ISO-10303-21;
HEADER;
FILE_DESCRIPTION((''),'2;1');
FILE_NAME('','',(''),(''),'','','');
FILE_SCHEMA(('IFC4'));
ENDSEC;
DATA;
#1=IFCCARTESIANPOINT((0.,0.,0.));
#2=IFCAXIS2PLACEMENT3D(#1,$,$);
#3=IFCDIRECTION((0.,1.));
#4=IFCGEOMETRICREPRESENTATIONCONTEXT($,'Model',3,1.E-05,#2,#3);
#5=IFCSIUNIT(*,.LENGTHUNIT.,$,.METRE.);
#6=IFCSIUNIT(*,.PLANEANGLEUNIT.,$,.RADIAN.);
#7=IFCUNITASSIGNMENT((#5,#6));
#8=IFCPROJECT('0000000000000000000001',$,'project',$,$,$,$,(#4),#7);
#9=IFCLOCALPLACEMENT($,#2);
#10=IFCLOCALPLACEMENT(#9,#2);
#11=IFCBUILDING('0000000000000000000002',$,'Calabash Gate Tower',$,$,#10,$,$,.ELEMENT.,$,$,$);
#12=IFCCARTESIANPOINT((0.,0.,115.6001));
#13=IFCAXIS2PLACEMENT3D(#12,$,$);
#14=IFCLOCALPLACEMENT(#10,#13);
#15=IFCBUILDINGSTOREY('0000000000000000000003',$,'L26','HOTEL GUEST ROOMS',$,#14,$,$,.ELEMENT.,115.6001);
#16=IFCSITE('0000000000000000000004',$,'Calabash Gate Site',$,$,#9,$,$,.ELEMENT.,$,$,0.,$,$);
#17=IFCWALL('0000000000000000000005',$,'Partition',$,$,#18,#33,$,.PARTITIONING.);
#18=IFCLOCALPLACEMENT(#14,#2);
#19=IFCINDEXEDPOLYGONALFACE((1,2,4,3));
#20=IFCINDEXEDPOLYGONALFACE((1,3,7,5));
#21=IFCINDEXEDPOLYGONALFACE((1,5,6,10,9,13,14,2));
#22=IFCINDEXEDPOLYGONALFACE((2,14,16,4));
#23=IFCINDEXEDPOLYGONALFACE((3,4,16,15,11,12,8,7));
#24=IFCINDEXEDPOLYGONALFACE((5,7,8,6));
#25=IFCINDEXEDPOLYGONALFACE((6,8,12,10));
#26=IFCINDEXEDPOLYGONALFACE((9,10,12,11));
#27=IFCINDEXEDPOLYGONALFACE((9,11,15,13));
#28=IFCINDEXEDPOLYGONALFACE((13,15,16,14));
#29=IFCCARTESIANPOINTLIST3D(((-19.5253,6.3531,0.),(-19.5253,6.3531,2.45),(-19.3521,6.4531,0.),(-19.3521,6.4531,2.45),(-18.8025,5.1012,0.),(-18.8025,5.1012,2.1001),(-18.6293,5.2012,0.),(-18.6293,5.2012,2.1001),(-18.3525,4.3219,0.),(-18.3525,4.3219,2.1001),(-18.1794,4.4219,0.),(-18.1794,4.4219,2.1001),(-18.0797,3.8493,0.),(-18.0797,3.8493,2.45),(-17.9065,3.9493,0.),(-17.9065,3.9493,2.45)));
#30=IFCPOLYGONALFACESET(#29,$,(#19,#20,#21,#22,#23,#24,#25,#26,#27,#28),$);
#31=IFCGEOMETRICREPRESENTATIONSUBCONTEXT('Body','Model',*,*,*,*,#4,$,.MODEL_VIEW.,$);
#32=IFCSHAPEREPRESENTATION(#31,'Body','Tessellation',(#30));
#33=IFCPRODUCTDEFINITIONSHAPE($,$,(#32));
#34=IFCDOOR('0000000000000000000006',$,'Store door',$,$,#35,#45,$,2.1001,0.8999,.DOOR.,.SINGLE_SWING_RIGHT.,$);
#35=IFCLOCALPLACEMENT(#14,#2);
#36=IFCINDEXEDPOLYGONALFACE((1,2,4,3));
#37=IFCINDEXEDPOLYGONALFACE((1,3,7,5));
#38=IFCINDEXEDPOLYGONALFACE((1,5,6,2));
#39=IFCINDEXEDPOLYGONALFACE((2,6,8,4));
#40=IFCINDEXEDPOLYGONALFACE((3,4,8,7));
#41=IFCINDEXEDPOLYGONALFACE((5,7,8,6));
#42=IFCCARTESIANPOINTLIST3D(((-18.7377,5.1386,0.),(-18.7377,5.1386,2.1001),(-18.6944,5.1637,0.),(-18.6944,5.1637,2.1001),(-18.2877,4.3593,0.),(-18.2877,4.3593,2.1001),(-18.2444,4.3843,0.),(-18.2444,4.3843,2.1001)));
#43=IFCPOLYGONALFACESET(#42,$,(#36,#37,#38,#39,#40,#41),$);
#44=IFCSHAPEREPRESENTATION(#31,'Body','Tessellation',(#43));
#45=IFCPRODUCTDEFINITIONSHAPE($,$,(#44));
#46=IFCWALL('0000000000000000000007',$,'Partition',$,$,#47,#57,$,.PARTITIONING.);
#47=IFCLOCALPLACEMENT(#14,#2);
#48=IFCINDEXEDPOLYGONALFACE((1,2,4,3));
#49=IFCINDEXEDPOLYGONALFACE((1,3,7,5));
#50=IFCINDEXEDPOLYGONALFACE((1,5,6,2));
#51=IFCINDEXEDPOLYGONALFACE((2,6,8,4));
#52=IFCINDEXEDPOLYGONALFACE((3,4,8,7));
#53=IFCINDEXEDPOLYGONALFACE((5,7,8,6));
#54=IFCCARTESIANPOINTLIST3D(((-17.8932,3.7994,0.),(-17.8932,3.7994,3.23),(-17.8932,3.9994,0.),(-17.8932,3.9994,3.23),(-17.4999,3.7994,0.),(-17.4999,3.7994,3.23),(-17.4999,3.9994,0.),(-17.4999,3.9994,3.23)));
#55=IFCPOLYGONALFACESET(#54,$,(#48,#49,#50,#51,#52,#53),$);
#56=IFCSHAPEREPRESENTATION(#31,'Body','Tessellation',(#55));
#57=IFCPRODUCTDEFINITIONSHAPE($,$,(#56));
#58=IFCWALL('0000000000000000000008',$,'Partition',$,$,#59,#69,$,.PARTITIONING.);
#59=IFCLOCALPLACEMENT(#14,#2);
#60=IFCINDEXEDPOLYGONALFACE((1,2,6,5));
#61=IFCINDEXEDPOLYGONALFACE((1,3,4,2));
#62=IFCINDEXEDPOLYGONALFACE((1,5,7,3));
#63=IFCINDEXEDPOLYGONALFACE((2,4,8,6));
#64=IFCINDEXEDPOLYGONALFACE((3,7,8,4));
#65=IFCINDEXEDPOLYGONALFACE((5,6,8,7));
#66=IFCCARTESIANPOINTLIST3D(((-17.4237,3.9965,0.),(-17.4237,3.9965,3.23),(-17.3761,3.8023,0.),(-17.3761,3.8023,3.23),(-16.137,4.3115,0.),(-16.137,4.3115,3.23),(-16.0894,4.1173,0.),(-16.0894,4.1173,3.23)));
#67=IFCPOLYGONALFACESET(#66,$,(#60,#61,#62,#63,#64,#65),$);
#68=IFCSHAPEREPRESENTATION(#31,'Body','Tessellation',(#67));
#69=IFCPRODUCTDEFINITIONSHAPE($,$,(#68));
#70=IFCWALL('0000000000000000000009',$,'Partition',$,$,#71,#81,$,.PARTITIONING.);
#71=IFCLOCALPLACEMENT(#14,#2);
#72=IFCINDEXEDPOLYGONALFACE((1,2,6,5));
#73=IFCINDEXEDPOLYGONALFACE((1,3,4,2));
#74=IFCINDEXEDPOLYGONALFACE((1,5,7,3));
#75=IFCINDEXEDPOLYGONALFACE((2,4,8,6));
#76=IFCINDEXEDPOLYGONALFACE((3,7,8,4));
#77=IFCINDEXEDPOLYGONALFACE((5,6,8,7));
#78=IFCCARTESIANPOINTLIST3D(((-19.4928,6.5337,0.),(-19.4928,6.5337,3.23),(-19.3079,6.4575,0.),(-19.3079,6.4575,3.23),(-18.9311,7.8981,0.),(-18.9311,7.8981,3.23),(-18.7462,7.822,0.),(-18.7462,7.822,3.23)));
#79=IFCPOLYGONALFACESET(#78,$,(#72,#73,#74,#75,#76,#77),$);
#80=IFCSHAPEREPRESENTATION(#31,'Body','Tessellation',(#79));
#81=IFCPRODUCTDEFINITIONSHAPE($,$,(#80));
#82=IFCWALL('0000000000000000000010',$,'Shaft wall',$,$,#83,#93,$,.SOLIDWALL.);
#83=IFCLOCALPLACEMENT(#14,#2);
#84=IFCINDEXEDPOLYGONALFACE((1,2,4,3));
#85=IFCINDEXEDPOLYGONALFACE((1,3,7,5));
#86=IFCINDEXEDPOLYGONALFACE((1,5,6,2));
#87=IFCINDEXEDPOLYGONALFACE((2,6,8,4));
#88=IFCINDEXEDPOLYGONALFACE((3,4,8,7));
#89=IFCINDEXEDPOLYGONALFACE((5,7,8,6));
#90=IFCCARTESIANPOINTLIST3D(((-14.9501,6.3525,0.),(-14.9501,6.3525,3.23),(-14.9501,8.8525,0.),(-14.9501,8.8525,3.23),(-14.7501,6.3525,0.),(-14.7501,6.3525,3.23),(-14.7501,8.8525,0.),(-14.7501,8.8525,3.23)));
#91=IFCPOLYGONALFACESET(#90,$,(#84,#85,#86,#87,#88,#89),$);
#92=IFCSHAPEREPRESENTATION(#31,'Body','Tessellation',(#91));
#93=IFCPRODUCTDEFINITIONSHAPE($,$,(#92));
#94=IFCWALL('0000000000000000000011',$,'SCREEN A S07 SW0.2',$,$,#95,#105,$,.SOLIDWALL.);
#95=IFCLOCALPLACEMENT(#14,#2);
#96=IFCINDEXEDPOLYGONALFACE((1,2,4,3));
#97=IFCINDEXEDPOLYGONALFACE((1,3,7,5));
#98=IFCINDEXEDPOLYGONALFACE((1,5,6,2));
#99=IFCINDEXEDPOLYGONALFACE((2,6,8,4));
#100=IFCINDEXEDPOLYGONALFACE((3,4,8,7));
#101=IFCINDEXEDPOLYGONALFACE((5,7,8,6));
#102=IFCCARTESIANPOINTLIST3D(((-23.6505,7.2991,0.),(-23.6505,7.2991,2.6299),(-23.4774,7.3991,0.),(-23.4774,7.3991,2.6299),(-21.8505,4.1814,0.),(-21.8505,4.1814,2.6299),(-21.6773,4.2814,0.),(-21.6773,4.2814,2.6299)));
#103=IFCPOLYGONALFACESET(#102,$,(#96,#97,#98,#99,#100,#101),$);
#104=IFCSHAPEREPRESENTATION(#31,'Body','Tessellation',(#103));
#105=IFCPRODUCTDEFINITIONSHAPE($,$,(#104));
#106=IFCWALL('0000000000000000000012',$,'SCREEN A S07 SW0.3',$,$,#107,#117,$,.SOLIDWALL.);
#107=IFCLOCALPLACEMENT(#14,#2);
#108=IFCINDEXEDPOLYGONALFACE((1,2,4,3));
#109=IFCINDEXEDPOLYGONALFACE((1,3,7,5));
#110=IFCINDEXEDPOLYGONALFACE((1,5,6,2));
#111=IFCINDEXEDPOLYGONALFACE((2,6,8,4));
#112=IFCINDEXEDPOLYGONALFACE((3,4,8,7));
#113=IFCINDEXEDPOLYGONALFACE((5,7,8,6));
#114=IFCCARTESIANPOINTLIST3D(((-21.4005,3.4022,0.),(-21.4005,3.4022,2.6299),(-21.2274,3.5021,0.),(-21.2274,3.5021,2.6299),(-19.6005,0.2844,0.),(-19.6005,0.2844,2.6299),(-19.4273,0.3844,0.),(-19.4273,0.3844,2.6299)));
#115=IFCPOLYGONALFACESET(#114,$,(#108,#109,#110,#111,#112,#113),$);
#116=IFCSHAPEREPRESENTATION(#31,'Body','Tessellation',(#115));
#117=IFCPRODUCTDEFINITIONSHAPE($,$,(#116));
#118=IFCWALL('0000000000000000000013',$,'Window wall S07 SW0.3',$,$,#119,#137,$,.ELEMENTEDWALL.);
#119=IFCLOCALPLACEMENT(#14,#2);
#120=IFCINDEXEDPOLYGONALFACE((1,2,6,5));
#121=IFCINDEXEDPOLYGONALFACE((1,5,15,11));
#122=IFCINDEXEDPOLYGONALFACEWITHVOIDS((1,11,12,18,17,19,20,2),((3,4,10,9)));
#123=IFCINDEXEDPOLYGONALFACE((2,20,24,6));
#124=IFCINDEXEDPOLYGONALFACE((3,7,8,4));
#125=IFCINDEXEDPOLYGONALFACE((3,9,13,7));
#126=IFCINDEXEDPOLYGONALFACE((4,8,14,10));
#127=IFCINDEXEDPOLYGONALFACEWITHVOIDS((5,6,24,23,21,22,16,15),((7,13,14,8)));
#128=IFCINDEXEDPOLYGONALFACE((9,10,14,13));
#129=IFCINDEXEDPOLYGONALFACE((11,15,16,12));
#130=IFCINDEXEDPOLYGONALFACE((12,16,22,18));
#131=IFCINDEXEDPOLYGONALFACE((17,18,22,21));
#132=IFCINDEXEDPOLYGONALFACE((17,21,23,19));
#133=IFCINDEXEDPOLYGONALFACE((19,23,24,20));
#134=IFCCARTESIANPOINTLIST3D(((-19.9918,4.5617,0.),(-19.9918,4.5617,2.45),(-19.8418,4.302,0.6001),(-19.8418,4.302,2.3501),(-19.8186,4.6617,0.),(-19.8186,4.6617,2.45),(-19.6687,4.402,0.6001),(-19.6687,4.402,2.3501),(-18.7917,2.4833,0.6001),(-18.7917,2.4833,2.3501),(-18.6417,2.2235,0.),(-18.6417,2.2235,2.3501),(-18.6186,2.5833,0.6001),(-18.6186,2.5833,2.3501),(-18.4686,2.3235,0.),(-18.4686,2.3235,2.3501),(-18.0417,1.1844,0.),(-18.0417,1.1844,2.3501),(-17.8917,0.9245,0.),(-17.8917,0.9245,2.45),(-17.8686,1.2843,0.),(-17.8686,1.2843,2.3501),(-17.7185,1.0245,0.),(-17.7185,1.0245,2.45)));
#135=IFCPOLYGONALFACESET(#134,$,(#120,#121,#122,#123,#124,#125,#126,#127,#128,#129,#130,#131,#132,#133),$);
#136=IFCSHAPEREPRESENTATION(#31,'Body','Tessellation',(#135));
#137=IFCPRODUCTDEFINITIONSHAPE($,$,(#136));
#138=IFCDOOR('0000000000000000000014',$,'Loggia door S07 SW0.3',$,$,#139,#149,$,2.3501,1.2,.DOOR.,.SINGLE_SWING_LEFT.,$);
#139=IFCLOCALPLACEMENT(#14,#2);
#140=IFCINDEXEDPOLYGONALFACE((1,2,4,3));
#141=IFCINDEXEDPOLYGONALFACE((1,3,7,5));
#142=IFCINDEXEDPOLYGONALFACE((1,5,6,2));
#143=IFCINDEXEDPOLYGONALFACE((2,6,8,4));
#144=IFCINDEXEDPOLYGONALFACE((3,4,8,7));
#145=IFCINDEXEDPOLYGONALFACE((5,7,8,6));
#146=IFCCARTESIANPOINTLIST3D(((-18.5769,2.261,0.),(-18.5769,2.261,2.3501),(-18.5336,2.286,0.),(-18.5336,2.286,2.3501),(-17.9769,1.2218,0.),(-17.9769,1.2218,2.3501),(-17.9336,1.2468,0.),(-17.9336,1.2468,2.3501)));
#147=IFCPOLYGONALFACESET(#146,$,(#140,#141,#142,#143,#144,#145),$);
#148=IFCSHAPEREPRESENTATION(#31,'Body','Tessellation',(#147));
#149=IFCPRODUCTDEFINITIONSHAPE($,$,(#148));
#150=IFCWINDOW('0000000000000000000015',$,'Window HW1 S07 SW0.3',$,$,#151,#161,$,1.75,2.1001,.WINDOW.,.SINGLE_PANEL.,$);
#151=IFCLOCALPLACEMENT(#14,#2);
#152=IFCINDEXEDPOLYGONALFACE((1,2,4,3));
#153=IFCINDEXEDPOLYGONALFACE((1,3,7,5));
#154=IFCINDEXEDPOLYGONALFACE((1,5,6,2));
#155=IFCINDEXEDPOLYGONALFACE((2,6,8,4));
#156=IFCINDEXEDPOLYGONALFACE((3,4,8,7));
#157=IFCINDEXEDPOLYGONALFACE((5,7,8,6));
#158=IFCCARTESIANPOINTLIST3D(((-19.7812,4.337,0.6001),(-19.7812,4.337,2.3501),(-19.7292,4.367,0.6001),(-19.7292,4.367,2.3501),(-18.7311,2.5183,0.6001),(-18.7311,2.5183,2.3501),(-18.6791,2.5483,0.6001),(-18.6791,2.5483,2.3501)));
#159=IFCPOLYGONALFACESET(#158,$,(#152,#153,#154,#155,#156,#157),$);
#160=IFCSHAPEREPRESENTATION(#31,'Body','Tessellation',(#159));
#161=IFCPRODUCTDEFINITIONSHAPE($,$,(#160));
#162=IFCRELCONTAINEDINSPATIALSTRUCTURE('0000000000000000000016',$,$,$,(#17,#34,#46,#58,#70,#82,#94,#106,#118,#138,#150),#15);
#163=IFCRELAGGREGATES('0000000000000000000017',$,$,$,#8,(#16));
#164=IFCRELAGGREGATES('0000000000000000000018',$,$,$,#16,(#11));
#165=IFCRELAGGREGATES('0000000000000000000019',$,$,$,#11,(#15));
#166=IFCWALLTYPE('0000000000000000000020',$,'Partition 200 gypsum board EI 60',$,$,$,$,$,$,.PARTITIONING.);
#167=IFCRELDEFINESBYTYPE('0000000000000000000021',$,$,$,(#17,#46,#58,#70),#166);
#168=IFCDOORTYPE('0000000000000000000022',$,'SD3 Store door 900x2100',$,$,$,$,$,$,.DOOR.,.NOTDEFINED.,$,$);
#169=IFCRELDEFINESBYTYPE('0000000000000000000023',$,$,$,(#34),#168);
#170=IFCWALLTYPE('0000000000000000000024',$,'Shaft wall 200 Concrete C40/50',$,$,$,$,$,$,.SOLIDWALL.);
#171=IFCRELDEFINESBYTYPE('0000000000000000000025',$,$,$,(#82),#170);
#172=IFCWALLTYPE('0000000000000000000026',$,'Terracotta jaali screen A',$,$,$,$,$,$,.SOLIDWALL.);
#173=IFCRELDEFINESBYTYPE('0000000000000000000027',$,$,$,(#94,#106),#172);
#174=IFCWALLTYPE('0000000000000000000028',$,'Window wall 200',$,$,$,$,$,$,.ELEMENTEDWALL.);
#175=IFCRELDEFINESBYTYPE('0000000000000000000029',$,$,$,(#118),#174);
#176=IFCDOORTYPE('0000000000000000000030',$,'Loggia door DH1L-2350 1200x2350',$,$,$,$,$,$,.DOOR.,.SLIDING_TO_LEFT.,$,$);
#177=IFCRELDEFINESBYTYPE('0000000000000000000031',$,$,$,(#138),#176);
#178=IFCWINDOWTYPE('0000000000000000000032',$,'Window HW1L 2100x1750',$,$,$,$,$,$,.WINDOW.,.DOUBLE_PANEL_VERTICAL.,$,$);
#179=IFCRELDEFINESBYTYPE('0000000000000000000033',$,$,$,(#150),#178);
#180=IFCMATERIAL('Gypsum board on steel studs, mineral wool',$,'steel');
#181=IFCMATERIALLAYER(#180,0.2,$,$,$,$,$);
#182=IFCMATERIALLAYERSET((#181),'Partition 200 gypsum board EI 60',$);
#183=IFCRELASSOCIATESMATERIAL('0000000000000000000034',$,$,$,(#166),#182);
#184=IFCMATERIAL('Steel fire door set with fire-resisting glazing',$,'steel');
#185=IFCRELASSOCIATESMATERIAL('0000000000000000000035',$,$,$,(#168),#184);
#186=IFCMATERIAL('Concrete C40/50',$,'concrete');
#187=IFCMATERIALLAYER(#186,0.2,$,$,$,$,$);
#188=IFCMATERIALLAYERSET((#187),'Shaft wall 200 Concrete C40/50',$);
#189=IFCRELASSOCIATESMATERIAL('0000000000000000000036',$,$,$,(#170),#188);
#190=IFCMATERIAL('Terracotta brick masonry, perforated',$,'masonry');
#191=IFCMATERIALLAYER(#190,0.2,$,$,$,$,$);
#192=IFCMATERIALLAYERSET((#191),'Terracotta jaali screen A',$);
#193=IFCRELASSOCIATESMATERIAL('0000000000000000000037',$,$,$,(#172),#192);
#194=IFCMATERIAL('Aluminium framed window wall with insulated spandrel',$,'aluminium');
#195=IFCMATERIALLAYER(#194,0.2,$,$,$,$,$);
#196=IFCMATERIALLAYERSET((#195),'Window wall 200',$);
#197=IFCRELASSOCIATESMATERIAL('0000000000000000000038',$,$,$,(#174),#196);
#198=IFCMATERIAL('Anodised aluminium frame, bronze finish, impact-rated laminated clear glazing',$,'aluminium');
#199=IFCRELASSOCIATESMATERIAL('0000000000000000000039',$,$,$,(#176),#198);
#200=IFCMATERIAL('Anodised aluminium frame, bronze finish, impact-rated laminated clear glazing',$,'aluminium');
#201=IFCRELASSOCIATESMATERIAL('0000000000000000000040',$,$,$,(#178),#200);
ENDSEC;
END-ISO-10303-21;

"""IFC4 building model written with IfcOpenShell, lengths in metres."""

from ifc_helpers import new_model, si_unit, direction, frame, frame_2d, origin, place, context, subcontext, project, spatial, rectangle, extrude, material, layer, layer_set, type_object, element, fill, save


model = new_model("IFC4")

# Units and contexts
model_context = context("Model", 3, precision=1e-05, world=origin(), true_north=direction((0.0, 1.0)))
body_context = subcontext(model_context, "Body", "Model", "MODEL_VIEW")
ifc_project = project(units=[si_unit("LENGTHUNIT", "METRE"), si_unit("PLANEANGLEUNIT", "RADIAN")], contexts=[model_context])

# Site, building, storey
site_placement = place(None, origin())
site = spatial("IfcSite", under=ifc_project, at=site_placement, Name="Calabash Gate Site", CompositionType="ELEMENT", RefElevation=0.0)
building_placement = place(site_placement, origin())
building = spatial("IfcBuilding", under=site, at=building_placement, Name="Calabash Gate Tower", CompositionType="ELEMENT")
storey_placement = place(building_placement, frame((0.0, 0.0, 115.6001)))
storey = spatial("IfcBuildingStorey", under=building, at=storey_placement, Name="L26", Description="HOTEL GUEST ROOMS", CompositionType="ELEMENT", Elevation=115.6001)

# Shared definitions
ifc_material_1 = material(Name="Gypsum board on steel studs, mineral wool", Category="steel")
ifc_layer_1 = layer(ifc_material_1, 0.2)
ifc_layer_set_1 = layer_set([ifc_layer_1], Name="Partition 200 gypsum board EI 60")
wall_type_1 = type_object("IfcWallType", Name="Partition 200 gypsum board EI 60", PredefinedType="PARTITIONING", material=ifc_layer_set_1)

# Wall, opening, door
wall_1_placement = place(storey_placement, frame((-19.4387, 6.4031, 0.0), z_axis=(0.0, 0.0, 1.0), x_axis=(0.500017, -0.866015, 0.0)))
wall_1 = element("IfcWall", 1, at=wall_1_placement, inside=storey, type_object=wall_type_1, Name="Partition", PredefinedType="PARTITIONING", context=body_context, shape_type="SweptSolid", body=[
    extrude(rectangle(XDim=2.8911, YDim=0.2, at=frame_2d((1.4456, 0.0))), origin(), (0.0, 0.0, 1.0), 2.45),
])
opening_1_placement = place(wall_1_placement, frame((1.4456, 0.0, 0.0)))
opening_1 = element("IfcOpeningElement", 2, at=opening_1_placement, cuts=wall_1, PredefinedType="OPENING", context=body_context, shape_type="SweptSolid", body=[
    extrude(rectangle(XDim=0.8999, YDim=2.1001, at=frame_2d((0.45, 1.05))), frame((0.0, 0.1099, 0.0), z_axis=(0.0, -1.0, 0.0), x_axis=(1.0, 0.0, 0.0)), (0.0, 0.0, 1.0), 0.22),
])
ifc_material_2 = material(Name="Steel fire door set with fire-resisting glazing", Category="steel")
door_type_1 = type_object("IfcDoorType", Name="SD3 Store door 900x2100", OperationType="NOTDEFINED", PredefinedType="DOOR", material=ifc_material_2)
door_1_placement = place(opening_1_placement, origin())
door_1 = element("IfcDoor", 3, at=door_1_placement, inside=storey, type_object=door_type_1, Name="Store door", OperationType="SINGLE_SWING_RIGHT", OverallHeight=2.1001, OverallWidth=0.8999, PredefinedType="DOOR", context=body_context, shape_type="SweptSolid", body=[
    extrude(rectangle(XDim=0.8999, YDim=2.1001, at=frame_2d((0.45, 1.05))), frame((0.0, 0.0249, 0.0), z_axis=(0.0, -1.0, 0.0), x_axis=(1.0, 0.0, 0.0)), (0.0, 0.0, 1.0), 0.05),
])
fill(opening_1, door_1)

# Walls
wall_2_placement = place(storey_placement, frame((-17.8933, 3.8994, 0.0), z_axis=(0.0, 0.0, 1.0), x_axis=(1.0, 0.0, 0.0)))
element("IfcWall", 4, at=wall_2_placement, inside=storey, type_object=wall_type_1, Name="Partition", PredefinedType="PARTITIONING", context=body_context, shape_type="SweptSolid", body=[
    extrude(rectangle(XDim=0.3933, YDim=0.2, at=frame_2d((0.1968, 0.0))), origin(), (0.0, 0.0, 1.0), 3.23),
])
wall_3_placement = place(storey_placement, frame((-17.3999, 3.8994, 0.0), z_axis=(0.0, 0.0, 1.0), x_axis=(0.971323, 0.237762, 0.0)))
element("IfcWall", 5, at=wall_3_placement, inside=storey, type_object=wall_type_1, Name="Partition", PredefinedType="PARTITIONING", context=body_context, shape_type="SweptSolid", body=[
    extrude(rectangle(XDim=1.3247, YDim=0.2, at=frame_2d((0.6624, 0.0))), origin(), (0.0, 0.0, 1.0), 3.23),
])
wall_4_placement = place(storey_placement, frame((-19.4004, 6.4956, 0.0), z_axis=(0.0, 0.0, 1.0), x_axis=(0.3807, 0.924699, 0.0)))
element("IfcWall", 6, at=wall_4_placement, inside=storey, type_object=wall_type_1, Name="Partition", PredefinedType="PARTITIONING", context=body_context, shape_type="SweptSolid", body=[
    extrude(rectangle(XDim=1.4756, YDim=0.2, at=frame_2d((0.7378, 0.0))), origin(), (0.0, 0.0, 1.0), 3.23),
])
ifc_material_3 = material(Name="Concrete C40/50", Category="concrete")
ifc_layer_2 = layer(ifc_material_3, 0.2)
ifc_layer_set_2 = layer_set([ifc_layer_2], Name="Shaft wall 200 Concrete C40/50")
wall_type_2 = type_object("IfcWallType", Name="Shaft wall 200 Concrete C40/50", PredefinedType="SOLIDWALL", material=ifc_layer_set_2)
wall_5_placement = place(storey_placement, frame((-14.8501, 6.3525, 0.0), z_axis=(0.0, 0.0, 1.0), x_axis=(0.0, 1.0, 0.0)))
element("IfcWall", 7, at=wall_5_placement, inside=storey, type_object=wall_type_2, Name="Shaft wall", PredefinedType="SOLIDWALL", context=body_context, shape_type="SweptSolid", body=[
    extrude(rectangle(XDim=2.5, YDim=0.2, at=frame_2d((1.25, 0.0))), origin(), (0.0, 0.0, 1.0), 3.23),
])
ifc_material_4 = material(Name="Terracotta brick masonry, perforated", Category="masonry")
ifc_layer_3 = layer(ifc_material_4, 0.2)
ifc_layer_set_3 = layer_set([ifc_layer_3], Name="Terracotta jaali screen A")
wall_type_3 = type_object("IfcWallType", Name="Terracotta jaali screen A", PredefinedType="SOLIDWALL", material=ifc_layer_set_3)
for number, where, z_axis, x_axis, name in (
    (8, (-23.564, 7.3491, 0.0), (0.0, 0.0, 1.0), (0.500012, -0.866018, 0.0), "SCREEN A S07 SW0.2"),
    (9, (-21.314, 3.4521, 0.0), (0.0, 0.0, 1.0), (0.500012, -0.866018, 0.0), "SCREEN A S07 SW0.3"),
):
    element("IfcWall", number, at=place(storey_placement, frame(where, z_axis=z_axis, x_axis=x_axis)), inside=storey, type_object=wall_type_3, Name=name, PredefinedType="SOLIDWALL", context=body_context, shape_type="SweptSolid", body=[
        extrude(rectangle(XDim=3.6001, YDim=0.2, at=frame_2d((1.8, 0.0))), origin(), (0.0, 0.0, 1.0), 2.6299),
    ])

# Wall, openings, door, window
ifc_material_5 = material(Name="Aluminium framed window wall with insulated spandrel", Category="aluminium")
ifc_layer_4 = layer(ifc_material_5, 0.2)
ifc_layer_set_4 = layer_set([ifc_layer_4], Name="Window wall 200")
wall_type_4 = type_object("IfcWallType", Name="Window wall 200", PredefinedType="ELEMENTEDWALL", material=ifc_layer_set_4)
wall_6_placement = place(storey_placement, frame((-19.9053, 4.6118, 0.0), z_axis=(0.0, 0.0, 1.0), x_axis=(0.500028, -0.866009, 0.0)))
wall_6 = element("IfcWall", 10, at=wall_6_placement, inside=storey, type_object=wall_type_4, Name="Window wall S07 SW0.3", PredefinedType="ELEMENTEDWALL", context=body_context, shape_type="SweptSolid", body=[
    extrude(rectangle(XDim=4.2, YDim=0.2, at=frame_2d((2.1001, 0.0))), origin(), (0.0, 0.0, 1.0), 2.45),
])
opening_2_placement = place(wall_6_placement, frame((0.3, 0.0, 0.6001)))
opening_2 = element("IfcOpeningElement", 11, at=opening_2_placement, cuts=wall_6, PredefinedType="OPENING", context=body_context, shape_type="SweptSolid", body=[
    extrude(rectangle(XDim=2.1001, YDim=1.75, at=frame_2d((1.05, 0.875))), frame((0.0, 0.1099, 0.0), z_axis=(0.0, -1.0, 0.0), x_axis=(1.0, 0.0, 0.0)), (0.0, 0.0, 1.0), 0.22),
])
opening_3_placement = place(wall_6_placement, frame((2.7, 0.0, 0.0)))
opening_3 = element("IfcOpeningElement", 12, at=opening_3_placement, cuts=wall_6, PredefinedType="OPENING", context=body_context, shape_type="SweptSolid", body=[
    extrude(rectangle(XDim=1.2, YDim=2.3501, at=frame_2d((0.6001, 1.175))), frame((0.0, 0.1099, 0.0), z_axis=(0.0, -1.0, 0.0), x_axis=(1.0, 0.0, 0.0)), (0.0, 0.0, 1.0), 0.22),
])
ifc_material_6 = material(Name="Anodised aluminium frame, bronze finish, impact-rated laminated clear glazing", Category="aluminium")
door_type_2 = type_object("IfcDoorType", Name="Loggia door DH1L-2350 1200x2350", OperationType="SLIDING_TO_LEFT", PredefinedType="DOOR", material=ifc_material_6)
door_2_placement = place(opening_3_placement, origin())
door_2 = element("IfcDoor", 13, at=door_2_placement, inside=storey, type_object=door_type_2, Name="Loggia door S07 SW0.3", OperationType="SINGLE_SWING_LEFT", OverallHeight=2.3501, OverallWidth=1.2, PredefinedType="DOOR", context=body_context, shape_type="SweptSolid", body=[
    extrude(rectangle(XDim=1.2, YDim=2.3501, at=frame_2d((0.6001, 1.175))), frame((0.0, 0.0249, 0.0), z_axis=(0.0, -1.0, 0.0), x_axis=(1.0, 0.0, 0.0)), (0.0, 0.0, 1.0), 0.05),
])
fill(opening_3, door_2)
ifc_material_7 = material(Name="Anodised aluminium frame, bronze finish, impact-rated laminated clear glazing", Category="aluminium")
window_type_1 = type_object("IfcWindowType", Name="Window HW1L 2100x1750", PartitioningType="DOUBLE_PANEL_VERTICAL", PredefinedType="WINDOW", material=ifc_material_7)
window_1_placement = place(opening_2_placement, origin())
window_1 = element("IfcWindow", 14, at=window_1_placement, inside=storey, type_object=window_type_1, Name="Window HW1 S07 SW0.3", OverallHeight=1.75, OverallWidth=2.1001, PartitioningType="SINGLE_PANEL", PredefinedType="WINDOW", context=body_context, shape_type="SweptSolid", body=[
    extrude(rectangle(XDim=2.1001, YDim=1.75, at=frame_2d((1.05, 0.875))), frame((0.0, 0.03, 0.0), z_axis=(0.0, -1.0, 0.0), x_axis=(1.0, 0.0, 0.0)), (0.0, 0.0, 1.0), 0.0601),
])
fill(opening_2, window_1)

save(model, "model.ifc")
